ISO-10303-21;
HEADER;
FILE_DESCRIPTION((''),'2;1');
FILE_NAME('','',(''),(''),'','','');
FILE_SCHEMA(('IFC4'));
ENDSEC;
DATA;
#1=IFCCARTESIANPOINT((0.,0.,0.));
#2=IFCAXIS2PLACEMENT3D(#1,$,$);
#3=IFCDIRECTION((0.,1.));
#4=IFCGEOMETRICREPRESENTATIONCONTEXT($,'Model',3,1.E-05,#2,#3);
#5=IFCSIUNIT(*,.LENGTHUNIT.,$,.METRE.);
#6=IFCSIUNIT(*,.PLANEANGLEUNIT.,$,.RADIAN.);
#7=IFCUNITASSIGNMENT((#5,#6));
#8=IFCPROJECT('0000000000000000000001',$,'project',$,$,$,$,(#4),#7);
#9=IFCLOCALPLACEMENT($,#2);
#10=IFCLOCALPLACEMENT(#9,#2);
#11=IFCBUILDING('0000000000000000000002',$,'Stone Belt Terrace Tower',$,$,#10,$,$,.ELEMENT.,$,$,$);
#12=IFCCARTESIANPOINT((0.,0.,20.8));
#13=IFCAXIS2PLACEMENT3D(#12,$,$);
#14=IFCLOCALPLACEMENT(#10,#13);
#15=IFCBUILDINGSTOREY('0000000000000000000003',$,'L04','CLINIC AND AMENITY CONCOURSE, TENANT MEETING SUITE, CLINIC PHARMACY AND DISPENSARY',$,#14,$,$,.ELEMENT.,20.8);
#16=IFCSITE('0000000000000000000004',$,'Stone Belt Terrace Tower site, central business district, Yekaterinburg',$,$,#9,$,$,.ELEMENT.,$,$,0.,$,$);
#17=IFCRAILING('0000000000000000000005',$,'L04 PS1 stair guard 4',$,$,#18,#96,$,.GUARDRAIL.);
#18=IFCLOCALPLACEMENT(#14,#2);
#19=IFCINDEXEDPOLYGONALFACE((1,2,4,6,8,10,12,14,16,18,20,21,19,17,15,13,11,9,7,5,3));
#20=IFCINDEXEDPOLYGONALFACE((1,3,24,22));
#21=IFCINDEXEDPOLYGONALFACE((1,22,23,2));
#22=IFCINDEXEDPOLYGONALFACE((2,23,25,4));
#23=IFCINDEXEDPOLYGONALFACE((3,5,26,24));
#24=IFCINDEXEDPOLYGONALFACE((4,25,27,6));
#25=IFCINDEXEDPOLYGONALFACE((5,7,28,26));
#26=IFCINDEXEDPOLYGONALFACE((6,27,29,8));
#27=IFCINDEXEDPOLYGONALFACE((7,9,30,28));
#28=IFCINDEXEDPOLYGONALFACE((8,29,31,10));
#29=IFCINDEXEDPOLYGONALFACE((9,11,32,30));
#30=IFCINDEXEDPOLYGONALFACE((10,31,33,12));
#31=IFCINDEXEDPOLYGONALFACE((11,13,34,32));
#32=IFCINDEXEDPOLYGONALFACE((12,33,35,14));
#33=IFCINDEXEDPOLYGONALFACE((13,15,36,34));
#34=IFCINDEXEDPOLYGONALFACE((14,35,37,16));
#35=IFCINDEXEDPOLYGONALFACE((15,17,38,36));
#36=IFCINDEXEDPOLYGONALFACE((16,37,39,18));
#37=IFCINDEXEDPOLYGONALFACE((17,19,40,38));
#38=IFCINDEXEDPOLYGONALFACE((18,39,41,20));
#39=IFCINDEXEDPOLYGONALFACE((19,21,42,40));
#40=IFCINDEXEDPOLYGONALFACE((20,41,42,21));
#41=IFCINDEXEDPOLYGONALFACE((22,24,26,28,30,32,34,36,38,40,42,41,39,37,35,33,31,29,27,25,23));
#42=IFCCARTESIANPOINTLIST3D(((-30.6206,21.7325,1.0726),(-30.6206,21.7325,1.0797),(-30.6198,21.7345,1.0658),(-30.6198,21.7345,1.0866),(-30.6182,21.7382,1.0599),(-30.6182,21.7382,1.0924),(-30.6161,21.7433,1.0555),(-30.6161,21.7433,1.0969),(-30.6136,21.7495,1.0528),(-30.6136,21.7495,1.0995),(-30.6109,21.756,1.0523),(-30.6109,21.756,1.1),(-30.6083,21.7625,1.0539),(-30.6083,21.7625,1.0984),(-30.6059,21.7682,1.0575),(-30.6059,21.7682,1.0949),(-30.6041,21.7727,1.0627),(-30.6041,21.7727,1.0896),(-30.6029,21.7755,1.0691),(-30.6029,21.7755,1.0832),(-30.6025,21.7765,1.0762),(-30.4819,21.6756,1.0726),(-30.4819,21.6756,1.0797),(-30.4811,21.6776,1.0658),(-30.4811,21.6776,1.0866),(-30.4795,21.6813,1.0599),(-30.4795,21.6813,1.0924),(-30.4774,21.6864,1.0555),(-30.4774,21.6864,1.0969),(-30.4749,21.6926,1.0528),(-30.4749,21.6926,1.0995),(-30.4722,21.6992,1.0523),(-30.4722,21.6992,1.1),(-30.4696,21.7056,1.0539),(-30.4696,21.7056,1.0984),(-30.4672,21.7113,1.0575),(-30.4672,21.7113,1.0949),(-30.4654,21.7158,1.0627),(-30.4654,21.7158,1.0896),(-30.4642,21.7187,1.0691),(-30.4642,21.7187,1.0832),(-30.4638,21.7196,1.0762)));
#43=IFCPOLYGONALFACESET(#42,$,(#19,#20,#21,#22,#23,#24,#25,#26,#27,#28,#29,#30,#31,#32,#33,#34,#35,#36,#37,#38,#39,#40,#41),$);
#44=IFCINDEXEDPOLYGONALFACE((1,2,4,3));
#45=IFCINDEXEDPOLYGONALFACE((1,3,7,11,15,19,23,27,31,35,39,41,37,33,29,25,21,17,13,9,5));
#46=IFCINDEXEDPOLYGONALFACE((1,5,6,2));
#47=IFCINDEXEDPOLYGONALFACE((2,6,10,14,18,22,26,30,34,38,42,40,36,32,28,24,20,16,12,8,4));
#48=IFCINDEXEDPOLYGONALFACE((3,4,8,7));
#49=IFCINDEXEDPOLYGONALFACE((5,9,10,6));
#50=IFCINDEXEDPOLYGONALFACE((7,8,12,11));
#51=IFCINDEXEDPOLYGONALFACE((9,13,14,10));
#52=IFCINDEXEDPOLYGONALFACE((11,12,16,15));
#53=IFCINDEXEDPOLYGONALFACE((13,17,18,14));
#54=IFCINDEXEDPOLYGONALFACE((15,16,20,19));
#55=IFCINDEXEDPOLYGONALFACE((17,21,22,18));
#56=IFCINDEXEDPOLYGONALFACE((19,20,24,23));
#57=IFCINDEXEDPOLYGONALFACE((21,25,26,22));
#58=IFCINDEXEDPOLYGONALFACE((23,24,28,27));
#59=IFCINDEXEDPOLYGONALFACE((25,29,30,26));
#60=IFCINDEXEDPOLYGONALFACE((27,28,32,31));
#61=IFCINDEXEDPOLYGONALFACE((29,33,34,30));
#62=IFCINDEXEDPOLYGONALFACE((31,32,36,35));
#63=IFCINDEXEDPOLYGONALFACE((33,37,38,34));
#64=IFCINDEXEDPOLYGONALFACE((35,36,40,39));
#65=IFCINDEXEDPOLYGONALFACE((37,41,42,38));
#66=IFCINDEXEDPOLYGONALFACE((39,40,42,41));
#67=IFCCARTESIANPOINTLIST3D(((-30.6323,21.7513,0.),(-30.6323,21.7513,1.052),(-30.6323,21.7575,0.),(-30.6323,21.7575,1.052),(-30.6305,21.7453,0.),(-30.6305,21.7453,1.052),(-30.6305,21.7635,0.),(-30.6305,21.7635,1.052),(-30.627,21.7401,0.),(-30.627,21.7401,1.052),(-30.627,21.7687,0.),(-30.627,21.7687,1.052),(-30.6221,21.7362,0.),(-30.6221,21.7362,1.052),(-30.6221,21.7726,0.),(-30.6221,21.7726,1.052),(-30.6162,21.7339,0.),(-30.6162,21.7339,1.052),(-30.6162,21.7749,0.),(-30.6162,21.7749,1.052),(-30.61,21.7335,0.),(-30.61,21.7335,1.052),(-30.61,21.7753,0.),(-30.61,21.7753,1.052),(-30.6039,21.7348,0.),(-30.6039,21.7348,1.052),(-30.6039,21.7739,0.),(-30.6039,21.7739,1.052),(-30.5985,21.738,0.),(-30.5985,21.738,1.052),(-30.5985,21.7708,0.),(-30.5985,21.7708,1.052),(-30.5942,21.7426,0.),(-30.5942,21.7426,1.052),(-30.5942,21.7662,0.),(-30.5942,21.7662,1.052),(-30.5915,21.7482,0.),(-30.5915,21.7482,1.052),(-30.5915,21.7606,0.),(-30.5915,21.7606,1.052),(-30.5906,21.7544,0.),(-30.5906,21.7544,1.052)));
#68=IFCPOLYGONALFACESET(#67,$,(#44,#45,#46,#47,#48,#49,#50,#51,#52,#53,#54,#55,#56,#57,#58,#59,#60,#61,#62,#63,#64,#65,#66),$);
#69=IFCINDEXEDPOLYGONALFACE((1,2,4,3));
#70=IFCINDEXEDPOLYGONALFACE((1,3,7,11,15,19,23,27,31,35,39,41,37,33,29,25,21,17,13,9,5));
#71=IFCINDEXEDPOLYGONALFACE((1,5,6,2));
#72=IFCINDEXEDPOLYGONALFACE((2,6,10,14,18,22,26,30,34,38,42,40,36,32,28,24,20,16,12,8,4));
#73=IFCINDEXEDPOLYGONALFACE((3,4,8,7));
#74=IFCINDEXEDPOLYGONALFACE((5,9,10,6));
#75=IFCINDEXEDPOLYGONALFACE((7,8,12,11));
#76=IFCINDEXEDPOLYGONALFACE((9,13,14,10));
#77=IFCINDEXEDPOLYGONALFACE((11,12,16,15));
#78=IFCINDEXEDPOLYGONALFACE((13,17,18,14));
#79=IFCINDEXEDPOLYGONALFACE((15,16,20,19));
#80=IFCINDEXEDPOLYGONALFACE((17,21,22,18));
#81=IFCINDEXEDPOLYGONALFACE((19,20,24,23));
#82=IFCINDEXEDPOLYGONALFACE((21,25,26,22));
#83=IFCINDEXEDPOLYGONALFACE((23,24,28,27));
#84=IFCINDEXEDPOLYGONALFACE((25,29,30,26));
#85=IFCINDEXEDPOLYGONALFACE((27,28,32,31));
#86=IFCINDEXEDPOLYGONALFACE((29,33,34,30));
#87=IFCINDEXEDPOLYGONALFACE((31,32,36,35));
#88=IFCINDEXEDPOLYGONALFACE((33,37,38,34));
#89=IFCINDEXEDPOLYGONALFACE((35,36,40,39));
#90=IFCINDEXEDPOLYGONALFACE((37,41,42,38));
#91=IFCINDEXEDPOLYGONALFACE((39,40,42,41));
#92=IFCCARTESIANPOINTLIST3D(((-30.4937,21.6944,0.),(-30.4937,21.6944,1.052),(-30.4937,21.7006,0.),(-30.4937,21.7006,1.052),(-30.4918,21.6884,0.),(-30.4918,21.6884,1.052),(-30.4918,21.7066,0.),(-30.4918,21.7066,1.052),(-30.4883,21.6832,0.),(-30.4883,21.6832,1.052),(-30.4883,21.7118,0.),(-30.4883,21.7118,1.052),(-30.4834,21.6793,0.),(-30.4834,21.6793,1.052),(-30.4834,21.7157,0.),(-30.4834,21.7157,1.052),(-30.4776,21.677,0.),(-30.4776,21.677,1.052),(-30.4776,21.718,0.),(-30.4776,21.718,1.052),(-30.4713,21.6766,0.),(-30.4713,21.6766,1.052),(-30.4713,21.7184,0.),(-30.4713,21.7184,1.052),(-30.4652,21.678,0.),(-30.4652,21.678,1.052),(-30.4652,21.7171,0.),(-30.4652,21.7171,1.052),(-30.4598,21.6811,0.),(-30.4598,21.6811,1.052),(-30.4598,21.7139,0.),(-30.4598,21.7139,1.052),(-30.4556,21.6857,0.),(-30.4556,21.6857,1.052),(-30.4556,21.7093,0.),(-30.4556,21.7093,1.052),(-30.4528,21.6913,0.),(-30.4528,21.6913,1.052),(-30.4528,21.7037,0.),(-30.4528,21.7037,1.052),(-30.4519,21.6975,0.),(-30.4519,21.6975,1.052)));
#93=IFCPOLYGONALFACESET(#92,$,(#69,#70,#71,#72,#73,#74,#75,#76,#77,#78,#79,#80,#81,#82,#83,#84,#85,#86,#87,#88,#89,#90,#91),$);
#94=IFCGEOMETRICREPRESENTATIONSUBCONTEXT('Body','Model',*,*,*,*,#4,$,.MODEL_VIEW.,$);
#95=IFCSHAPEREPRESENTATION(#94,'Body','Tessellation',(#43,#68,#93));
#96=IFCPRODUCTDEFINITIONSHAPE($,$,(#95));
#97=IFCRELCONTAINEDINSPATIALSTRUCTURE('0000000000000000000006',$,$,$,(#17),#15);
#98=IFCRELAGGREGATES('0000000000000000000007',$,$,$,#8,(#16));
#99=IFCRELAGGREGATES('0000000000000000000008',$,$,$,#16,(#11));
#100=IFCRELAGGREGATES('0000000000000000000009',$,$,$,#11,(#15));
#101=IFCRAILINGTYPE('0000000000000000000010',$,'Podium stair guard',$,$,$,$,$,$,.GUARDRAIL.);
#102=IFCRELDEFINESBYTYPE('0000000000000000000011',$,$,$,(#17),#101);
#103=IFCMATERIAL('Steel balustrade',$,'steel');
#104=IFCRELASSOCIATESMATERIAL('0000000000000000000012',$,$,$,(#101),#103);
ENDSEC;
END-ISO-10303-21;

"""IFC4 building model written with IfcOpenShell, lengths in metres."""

from ifc_helpers import new_model, si_unit, direction, frame, origin, origin_2d, place, context, subcontext, project, spatial, circle, extrude, material, type_object, element, save


model = new_model("IFC4")

# Units and contexts
model_context = context("Model", 3, precision=1e-05, world=origin(), true_north=direction((0.0, 1.0)))
body_context = subcontext(model_context, "Body", "Model", "MODEL_VIEW")
ifc_project = project(units=[si_unit("LENGTHUNIT", "METRE"), si_unit("PLANEANGLEUNIT", "RADIAN")], contexts=[model_context])

# Site, building, storey
site_placement = place(None, origin())
site = spatial("IfcSite", under=ifc_project, at=site_placement, Name="Stone Belt Terrace Tower site, central business district, Yekaterinburg", CompositionType="ELEMENT", RefElevation=0.0)
building_placement = place(site_placement, origin())
building = spatial("IfcBuilding", under=site, at=building_placement, Name="Stone Belt Terrace Tower", CompositionType="ELEMENT")
storey_placement = place(building_placement, frame((0.0, 0.0, 20.8)))
storey = spatial("IfcBuildingStorey", under=building, at=storey_placement, Name="L04", Description="CLINIC AND AMENITY CONCOURSE, TENANT MEETING SUITE, CLINIC PHARMACY AND DISPENSARY", CompositionType="ELEMENT", Elevation=20.8)

# Railing
ifc_material_1 = material(Name="Steel balustrade", Category="steel")
railing_type_1 = type_object("IfcRailingType", Name="Podium stair guard", PredefinedType="GUARDRAIL", material=ifc_material_1)
railing_1_placement = place(storey_placement, frame((-30.6116, 21.7544, 0.0)))
element("IfcRailing", 1, at=railing_1_placement, inside=storey, type_object=railing_type_1, Name="L04 PS1 stair guard 4", PredefinedType="GUARDRAIL", context=body_context, shape_type="SweptSolid", body=[
    extrude(circle(Radius=0.0239, at=origin_2d()), frame((0.0, 0.0, 1.0762), z_axis=(0.925183, -0.379521, 0.0), x_axis=(0.379521, 0.925183, 0.0)), (0.0, 0.0, 1.0), 0.1499),
    extrude(circle(Radius=0.021, at=origin_2d()), origin(), (0.0, 0.0, 1.0), 1.052),
    extrude(circle(Radius=0.021, at=origin_2d()), frame((0.1387, -0.0569, 0.0)), (0.0, 0.0, 1.0), 1.052),
])

save(model, "model.ifc")
